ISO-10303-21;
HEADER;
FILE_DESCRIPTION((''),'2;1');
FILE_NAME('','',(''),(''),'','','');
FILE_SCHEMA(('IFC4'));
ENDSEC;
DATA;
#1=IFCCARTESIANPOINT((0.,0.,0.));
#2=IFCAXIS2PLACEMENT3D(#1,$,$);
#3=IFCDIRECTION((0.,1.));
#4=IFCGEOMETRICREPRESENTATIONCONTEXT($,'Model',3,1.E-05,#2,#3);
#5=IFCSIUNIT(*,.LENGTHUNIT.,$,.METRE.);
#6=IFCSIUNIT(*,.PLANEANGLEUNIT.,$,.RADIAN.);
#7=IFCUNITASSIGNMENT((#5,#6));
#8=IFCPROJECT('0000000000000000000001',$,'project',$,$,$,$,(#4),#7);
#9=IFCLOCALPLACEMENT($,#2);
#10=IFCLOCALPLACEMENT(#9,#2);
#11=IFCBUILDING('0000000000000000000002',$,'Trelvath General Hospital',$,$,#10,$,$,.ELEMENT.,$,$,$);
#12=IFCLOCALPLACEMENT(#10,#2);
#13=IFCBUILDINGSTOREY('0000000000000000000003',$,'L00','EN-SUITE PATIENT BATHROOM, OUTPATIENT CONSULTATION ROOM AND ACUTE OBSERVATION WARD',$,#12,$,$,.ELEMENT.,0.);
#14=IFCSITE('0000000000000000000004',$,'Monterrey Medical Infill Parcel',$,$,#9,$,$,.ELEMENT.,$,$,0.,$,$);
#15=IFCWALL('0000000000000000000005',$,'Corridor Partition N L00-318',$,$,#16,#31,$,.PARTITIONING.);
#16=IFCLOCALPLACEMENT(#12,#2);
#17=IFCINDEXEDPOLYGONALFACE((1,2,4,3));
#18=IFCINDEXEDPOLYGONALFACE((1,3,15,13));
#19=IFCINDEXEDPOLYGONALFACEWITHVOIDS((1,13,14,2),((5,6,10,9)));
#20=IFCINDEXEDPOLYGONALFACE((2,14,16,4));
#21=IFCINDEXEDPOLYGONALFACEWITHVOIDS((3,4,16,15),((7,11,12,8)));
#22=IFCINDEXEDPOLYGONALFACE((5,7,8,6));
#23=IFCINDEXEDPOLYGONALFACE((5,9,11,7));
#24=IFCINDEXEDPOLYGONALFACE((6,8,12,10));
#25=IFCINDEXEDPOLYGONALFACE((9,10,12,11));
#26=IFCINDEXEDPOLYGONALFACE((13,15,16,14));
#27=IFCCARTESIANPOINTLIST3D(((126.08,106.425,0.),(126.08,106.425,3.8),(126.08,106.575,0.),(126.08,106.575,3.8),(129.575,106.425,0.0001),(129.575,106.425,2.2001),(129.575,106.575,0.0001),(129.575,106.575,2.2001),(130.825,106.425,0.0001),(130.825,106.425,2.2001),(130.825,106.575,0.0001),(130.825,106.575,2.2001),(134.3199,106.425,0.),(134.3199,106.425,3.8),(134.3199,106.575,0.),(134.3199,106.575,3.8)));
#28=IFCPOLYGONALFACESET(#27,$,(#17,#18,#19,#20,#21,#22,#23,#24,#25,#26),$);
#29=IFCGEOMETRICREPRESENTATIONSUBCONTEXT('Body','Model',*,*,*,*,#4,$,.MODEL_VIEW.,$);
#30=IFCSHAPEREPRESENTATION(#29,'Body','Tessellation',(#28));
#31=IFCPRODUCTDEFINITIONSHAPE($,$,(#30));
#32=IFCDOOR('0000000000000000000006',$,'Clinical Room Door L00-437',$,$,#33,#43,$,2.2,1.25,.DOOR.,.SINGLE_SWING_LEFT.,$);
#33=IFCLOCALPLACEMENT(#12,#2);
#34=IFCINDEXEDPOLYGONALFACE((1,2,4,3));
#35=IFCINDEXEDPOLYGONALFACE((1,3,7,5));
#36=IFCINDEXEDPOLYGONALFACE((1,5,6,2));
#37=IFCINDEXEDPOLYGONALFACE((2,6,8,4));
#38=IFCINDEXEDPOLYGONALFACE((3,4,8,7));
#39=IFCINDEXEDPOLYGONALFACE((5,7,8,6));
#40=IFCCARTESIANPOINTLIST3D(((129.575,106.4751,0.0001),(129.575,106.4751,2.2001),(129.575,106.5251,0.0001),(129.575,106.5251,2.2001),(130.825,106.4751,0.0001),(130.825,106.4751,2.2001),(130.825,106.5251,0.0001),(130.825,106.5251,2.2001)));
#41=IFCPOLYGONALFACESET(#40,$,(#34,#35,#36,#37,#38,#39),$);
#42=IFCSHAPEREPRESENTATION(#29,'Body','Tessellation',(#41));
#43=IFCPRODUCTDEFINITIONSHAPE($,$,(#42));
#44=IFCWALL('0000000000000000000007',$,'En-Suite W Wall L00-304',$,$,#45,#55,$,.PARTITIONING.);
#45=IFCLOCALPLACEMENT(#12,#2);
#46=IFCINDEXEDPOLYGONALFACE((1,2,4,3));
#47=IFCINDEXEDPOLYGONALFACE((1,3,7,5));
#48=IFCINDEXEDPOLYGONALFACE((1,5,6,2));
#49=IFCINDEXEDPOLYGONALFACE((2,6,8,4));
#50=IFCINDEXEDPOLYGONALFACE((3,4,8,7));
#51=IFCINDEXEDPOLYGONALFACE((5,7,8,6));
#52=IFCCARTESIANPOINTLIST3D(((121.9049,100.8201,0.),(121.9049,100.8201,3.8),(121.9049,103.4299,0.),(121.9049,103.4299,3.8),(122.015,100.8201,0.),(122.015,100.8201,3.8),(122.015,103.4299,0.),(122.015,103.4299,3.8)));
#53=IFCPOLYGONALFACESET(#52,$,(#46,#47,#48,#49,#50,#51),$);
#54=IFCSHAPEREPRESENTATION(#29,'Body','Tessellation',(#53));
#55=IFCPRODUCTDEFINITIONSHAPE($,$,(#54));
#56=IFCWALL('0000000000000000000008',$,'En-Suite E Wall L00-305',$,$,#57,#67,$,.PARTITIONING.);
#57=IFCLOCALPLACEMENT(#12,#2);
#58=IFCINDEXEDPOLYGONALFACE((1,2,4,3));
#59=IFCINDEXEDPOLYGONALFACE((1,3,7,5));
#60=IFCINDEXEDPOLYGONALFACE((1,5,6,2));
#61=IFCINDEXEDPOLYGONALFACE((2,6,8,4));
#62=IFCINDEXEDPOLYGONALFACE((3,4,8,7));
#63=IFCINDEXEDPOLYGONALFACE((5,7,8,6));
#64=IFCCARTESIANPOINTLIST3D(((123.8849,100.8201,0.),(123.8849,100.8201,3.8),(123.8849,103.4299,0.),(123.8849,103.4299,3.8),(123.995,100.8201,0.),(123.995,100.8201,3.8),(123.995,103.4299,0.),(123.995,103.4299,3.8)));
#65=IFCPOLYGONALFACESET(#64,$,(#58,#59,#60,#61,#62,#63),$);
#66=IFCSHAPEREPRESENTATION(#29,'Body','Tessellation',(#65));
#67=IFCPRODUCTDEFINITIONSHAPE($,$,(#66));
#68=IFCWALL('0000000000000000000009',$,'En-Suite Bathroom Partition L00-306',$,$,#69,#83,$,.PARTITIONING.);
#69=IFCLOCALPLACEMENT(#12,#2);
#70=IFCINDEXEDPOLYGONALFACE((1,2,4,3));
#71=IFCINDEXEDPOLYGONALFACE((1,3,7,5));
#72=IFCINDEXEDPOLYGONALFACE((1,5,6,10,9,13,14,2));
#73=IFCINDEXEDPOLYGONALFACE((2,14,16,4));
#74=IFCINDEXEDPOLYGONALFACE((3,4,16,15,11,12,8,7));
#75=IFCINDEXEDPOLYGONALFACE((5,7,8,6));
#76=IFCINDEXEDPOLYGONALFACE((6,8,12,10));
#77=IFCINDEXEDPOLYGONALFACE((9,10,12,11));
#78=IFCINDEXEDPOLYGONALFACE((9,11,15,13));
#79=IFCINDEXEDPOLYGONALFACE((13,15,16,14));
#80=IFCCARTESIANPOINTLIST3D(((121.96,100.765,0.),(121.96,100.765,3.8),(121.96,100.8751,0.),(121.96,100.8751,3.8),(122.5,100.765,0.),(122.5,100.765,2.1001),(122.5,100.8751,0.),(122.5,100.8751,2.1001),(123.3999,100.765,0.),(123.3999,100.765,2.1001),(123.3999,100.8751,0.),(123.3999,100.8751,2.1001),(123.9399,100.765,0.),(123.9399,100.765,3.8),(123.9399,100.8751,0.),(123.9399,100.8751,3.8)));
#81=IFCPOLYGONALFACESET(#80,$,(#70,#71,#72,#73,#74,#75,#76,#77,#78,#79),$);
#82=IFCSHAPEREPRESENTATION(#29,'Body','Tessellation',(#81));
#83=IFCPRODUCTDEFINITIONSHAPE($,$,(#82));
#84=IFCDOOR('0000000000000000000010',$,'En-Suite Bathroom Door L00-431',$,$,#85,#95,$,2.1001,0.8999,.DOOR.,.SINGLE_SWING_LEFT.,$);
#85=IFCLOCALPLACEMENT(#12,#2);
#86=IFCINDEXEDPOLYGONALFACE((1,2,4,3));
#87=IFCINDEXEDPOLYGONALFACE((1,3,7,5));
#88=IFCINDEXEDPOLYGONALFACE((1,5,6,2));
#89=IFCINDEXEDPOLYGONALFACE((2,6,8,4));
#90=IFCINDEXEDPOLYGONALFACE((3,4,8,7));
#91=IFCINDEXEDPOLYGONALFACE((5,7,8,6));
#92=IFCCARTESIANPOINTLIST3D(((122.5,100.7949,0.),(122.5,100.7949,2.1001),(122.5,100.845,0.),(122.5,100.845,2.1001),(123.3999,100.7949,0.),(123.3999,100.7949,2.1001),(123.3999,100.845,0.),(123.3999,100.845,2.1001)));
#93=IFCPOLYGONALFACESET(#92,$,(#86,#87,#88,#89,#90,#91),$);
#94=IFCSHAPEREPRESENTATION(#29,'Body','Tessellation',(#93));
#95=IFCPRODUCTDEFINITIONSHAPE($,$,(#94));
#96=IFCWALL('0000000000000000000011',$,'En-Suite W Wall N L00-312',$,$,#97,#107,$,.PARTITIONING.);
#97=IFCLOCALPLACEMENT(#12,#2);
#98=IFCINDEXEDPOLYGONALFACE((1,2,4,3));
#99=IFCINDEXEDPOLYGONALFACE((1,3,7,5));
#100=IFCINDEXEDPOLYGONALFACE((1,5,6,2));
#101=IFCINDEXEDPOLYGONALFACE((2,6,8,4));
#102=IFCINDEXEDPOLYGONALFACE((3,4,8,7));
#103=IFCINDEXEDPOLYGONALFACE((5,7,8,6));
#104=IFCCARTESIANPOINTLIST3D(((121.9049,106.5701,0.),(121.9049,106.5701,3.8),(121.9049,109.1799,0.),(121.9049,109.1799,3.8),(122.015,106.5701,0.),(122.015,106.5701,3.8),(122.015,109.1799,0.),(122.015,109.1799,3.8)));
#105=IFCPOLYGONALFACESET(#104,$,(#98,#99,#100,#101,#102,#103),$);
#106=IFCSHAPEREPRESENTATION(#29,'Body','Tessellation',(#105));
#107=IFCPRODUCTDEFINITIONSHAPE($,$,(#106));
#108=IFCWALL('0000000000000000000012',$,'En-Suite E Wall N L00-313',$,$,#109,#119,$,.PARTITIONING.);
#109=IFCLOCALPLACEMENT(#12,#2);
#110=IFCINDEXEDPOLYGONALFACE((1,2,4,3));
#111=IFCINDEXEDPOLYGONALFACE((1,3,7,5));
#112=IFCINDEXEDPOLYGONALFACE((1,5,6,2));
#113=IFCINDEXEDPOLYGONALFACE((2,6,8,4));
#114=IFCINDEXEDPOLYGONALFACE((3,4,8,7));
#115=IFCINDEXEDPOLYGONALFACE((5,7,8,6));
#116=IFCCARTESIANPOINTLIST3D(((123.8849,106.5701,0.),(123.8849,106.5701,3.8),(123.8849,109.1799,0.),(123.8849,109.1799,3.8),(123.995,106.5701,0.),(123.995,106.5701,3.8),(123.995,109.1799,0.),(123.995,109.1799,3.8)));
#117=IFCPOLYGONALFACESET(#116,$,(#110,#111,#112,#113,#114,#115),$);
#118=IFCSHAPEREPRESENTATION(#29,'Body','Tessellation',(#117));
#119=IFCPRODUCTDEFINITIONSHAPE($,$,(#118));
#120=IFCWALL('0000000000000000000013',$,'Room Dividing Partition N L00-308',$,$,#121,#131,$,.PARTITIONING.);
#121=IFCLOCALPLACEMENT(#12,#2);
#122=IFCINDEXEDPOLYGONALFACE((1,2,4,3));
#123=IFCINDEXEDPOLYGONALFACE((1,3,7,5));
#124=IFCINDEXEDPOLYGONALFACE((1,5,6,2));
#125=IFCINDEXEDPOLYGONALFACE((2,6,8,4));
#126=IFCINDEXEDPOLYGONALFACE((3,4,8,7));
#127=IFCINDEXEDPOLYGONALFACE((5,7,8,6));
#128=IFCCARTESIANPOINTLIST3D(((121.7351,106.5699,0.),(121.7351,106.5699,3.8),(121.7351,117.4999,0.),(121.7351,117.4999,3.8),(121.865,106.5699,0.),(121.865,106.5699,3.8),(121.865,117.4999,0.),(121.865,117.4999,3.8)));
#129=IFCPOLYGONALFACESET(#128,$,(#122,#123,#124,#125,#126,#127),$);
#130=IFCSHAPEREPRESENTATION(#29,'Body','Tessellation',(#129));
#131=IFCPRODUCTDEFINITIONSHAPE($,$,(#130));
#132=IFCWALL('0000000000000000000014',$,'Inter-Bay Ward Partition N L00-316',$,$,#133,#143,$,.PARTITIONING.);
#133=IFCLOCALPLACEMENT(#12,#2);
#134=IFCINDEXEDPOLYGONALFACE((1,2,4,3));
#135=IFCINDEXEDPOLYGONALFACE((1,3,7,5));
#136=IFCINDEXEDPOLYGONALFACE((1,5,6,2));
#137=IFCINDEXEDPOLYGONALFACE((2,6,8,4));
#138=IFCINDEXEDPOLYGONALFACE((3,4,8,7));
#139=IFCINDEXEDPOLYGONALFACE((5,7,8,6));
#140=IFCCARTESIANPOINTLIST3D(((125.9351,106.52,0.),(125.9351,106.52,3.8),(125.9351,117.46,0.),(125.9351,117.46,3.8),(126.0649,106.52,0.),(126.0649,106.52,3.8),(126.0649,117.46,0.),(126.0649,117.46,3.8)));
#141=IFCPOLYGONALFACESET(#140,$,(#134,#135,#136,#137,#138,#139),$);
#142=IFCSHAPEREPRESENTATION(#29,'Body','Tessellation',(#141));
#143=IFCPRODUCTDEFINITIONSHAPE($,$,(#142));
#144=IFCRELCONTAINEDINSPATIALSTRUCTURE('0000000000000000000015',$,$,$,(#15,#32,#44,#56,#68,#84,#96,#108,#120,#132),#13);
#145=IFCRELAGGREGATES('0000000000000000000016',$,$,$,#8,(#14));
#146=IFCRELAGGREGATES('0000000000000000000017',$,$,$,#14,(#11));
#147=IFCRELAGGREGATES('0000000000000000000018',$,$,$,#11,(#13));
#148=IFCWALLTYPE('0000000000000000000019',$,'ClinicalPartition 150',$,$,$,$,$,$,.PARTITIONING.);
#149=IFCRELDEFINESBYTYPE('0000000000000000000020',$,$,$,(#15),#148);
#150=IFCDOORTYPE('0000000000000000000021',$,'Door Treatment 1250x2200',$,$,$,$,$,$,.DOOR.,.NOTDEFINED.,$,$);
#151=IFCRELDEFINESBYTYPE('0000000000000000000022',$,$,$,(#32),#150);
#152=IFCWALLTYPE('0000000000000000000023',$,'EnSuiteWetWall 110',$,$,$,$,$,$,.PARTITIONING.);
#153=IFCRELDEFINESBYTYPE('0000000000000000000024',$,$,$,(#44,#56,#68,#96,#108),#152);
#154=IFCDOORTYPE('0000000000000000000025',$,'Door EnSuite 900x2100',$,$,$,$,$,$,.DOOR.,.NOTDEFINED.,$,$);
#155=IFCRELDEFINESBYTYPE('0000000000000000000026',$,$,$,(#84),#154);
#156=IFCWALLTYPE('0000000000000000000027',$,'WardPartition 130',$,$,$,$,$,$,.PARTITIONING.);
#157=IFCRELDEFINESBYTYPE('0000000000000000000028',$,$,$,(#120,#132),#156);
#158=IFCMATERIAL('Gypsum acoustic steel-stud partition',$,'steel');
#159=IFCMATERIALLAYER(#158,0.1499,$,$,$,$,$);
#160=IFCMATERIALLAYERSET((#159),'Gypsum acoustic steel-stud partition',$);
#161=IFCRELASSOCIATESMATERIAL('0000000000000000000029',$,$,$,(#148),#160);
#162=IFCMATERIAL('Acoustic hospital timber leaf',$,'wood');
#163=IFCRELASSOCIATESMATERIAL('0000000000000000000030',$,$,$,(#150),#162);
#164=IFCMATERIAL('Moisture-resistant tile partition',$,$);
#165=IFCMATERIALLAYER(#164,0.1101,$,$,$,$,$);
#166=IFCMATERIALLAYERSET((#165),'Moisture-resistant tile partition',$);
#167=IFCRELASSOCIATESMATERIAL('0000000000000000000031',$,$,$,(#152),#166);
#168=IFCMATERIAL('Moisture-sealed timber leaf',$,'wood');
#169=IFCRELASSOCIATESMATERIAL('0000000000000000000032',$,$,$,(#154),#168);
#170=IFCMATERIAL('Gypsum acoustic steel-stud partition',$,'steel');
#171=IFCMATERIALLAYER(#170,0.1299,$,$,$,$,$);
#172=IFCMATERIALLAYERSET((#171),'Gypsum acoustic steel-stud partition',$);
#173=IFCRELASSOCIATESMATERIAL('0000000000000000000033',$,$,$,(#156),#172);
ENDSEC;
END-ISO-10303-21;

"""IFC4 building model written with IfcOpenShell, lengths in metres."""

from ifc_helpers import new_model, si_unit, direction, frame, frame_2d, origin, place, context, subcontext, project, spatial, rectangle, extrude, material, layer, layer_set, type_object, element, fill, save


model = new_model("IFC4")

# Units and contexts
model_context = context("Model", 3, precision=1e-05, world=origin(), true_north=direction((0.0, 1.0)))
body_context = subcontext(model_context, "Body", "Model", "MODEL_VIEW")
ifc_project = project(units=[si_unit("LENGTHUNIT", "METRE"), si_unit("PLANEANGLEUNIT", "RADIAN")], contexts=[model_context])

# Site, building, storey
site_placement = place(None, origin())
site = spatial("IfcSite", under=ifc_project, at=site_placement, Name="Monterrey Medical Infill Parcel", CompositionType="ELEMENT", RefElevation=0.0)
building_placement = place(site_placement, origin())
building = spatial("IfcBuilding", under=site, at=building_placement, Name="Trelvath General Hospital", CompositionType="ELEMENT")
storey_placement = place(building_placement, origin())
storey = spatial("IfcBuildingStorey", under=building, at=storey_placement, Name="L00", Description="EN-SUITE PATIENT BATHROOM, OUTPATIENT CONSULTATION ROOM AND ACUTE OBSERVATION WARD", CompositionType="ELEMENT", Elevation=0.0)

# Shared definitions
ifc_material_1 = material(Name="Gypsum acoustic steel-stud partition", Category="steel")
ifc_layer_1 = layer(ifc_material_1, 0.1499)
ifc_layer_set_1 = layer_set([ifc_layer_1], Name="Gypsum acoustic steel-stud partition")
wall_type_1 = type_object("IfcWallType", Name="ClinicalPartition 150", PredefinedType="PARTITIONING", material=ifc_layer_set_1)

# Wall, opening, door
wall_1_placement = place(storey_placement, frame((134.3201, 106.5, 0.0), z_axis=(0.0, 0.0, 1.0), x_axis=(-1.0, 0.0, 0.0)))
wall_1 = element("IfcWall", 1, at=wall_1_placement, inside=storey, type_object=wall_type_1, Name="Corridor Partition N L00-318", PredefinedType="PARTITIONING", context=body_context, shape_type="SweptSolid", body=[
    extrude(rectangle(XDim=8.24, YDim=0.1499, at=frame_2d((4.1201, 0.0))), origin(), (0.0, 0.0, 1.0), 3.8),
])
opening_1_placement = place(wall_1_placement, frame((3.4951, 0.0, 0.0)))
opening_1 = element("IfcOpeningElement", 2, at=opening_1_placement, cuts=wall_1, PredefinedType="OPENING", context=body_context, shape_type="SweptSolid", body=[
    extrude(rectangle(XDim=1.25, YDim=2.2, at=frame_2d((0.625, 1.1001))), frame((0.0, 0.085, 0.0), z_axis=(0.0, -1.0, 0.0), x_axis=(1.0, 0.0, 0.0)), (0.0, 0.0, 1.0), 0.1699),
])
ifc_material_2 = material(Name="Acoustic hospital timber leaf", Category="wood")
door_type_1 = type_object("IfcDoorType", Name="Door Treatment 1250x2200", OperationType="NOTDEFINED", PredefinedType="DOOR", material=ifc_material_2)
door_1_placement = place(opening_1_placement, origin())
door_1 = element("IfcDoor", 3, at=door_1_placement, inside=storey, type_object=door_type_1, Name="Clinical Room Door L00-437", OperationType="SINGLE_SWING_LEFT", OverallHeight=2.2, OverallWidth=1.25, PredefinedType="DOOR", context=body_context, shape_type="SweptSolid", body=[
    extrude(rectangle(XDim=1.25, YDim=2.2, at=frame_2d((0.625, 1.1001))), frame((0.0, 0.0249, 0.0), z_axis=(0.0, -1.0, 0.0), x_axis=(1.0, 0.0, 0.0)), (0.0, 0.0, 1.0), 0.05),
])
fill(opening_1, door_1)

# Walls
ifc_material_3 = material(Name="Moisture-resistant tile partition")
ifc_layer_2 = layer(ifc_material_3, 0.1101)
ifc_layer_set_2 = layer_set([ifc_layer_2], Name="Moisture-resistant tile partition")
wall_type_2 = type_object("IfcWallType", Name="EnSuiteWetWall 110", PredefinedType="PARTITIONING", material=ifc_layer_set_2)
for number, where, z_axis, x_axis, name in (
    (4, (121.96, 100.8201, 0.0), (0.0, 0.0, 1.0), (0.0, 1.0, 0.0), "En-Suite W Wall L00-304"),
    (5, (123.9399, 100.8201, 0.0), (0.0, 0.0, 1.0), (0.0, 1.0, 0.0), "En-Suite E Wall L00-305"),
):
    element("IfcWall", number, at=place(storey_placement, frame(where, z_axis=z_axis, x_axis=x_axis)), inside=storey, type_object=wall_type_2, Name=name, PredefinedType="PARTITIONING", context=body_context, shape_type="SweptSolid", body=[
        extrude(rectangle(XDim=2.6099, YDim=0.1101, at=frame_2d((1.3049, 0.0))), origin(), (0.0, 0.0, 1.0), 3.8),
    ])

# Wall, opening, door
wall_2_placement = place(storey_placement, frame((121.96, 100.8201, 0.0), z_axis=(0.0, 0.0, 1.0), x_axis=(1.0, 0.0, 0.0)))
wall_2 = element("IfcWall", 6, at=wall_2_placement, inside=storey, type_object=wall_type_2, Name="En-Suite Bathroom Partition L00-306", PredefinedType="PARTITIONING", context=body_context, shape_type="SweptSolid", body=[
    extrude(rectangle(XDim=1.98, YDim=0.1101, at=frame_2d((0.99, 0.0))), origin(), (0.0, 0.0, 1.0), 3.8),
])
opening_2_placement = place(wall_2_placement, frame((0.54, 0.0, 0.0)))
opening_2 = element("IfcOpeningElement", 7, at=opening_2_placement, cuts=wall_2, PredefinedType="OPENING", context=body_context, shape_type="SweptSolid", body=[
    extrude(rectangle(XDim=0.8999, YDim=2.1001, at=frame_2d((0.45, 1.05))), frame((0.0, 0.0649, 0.0), z_axis=(0.0, -1.0, 0.0), x_axis=(1.0, 0.0, 0.0)), (0.0, 0.0, 1.0), 0.1301),
])
ifc_material_4 = material(Name="Moisture-sealed timber leaf", Category="wood")
door_type_2 = type_object("IfcDoorType", Name="Door EnSuite 900x2100", OperationType="NOTDEFINED", PredefinedType="DOOR", material=ifc_material_4)
door_2_placement = place(opening_2_placement, origin())
door_2 = element("IfcDoor", 8, at=door_2_placement, inside=storey, type_object=door_type_2, Name="En-Suite Bathroom Door L00-431", OperationType="SINGLE_SWING_LEFT", OverallHeight=2.1001, OverallWidth=0.8999, PredefinedType="DOOR", context=body_context, shape_type="SweptSolid", body=[
    extrude(rectangle(XDim=0.8999, YDim=2.1001, at=frame_2d((0.45, 1.05))), frame((0.0, 0.0249, 0.0), z_axis=(0.0, -1.0, 0.0), x_axis=(1.0, 0.0, 0.0)), (0.0, 0.0, 1.0), 0.05),
])
fill(opening_2, door_2)

# Walls
for number, where, z_axis, x_axis, name in (
    (9, (121.96, 106.5701, 0.0), (0.0, 0.0, 1.0), (0.0, 1.0, 0.0), "En-Suite W Wall N L00-312"),
    (10, (123.9399, 106.5701, 0.0), (0.0, 0.0, 1.0), (0.0, 1.0, 0.0), "En-Suite E Wall N L00-313"),
):
    element("IfcWall", number, at=place(storey_placement, frame(where, z_axis=z_axis, x_axis=x_axis)), inside=storey, type_object=wall_type_2, Name=name, PredefinedType="PARTITIONING", context=body_context, shape_type="SweptSolid", body=[
        extrude(rectangle(XDim=2.6099, YDim=0.1101, at=frame_2d((1.3049, 0.0))), origin(), (0.0, 0.0, 1.0), 3.8),
    ])
ifc_material_5 = material(Name="Gypsum acoustic steel-stud partition", Category="steel")
ifc_layer_3 = layer(ifc_material_5, 0.1299)
ifc_layer_set_3 = layer_set([ifc_layer_3], Name="Gypsum acoustic steel-stud partition")
wall_type_3 = type_object("IfcWallType", Name="WardPartition 130", PredefinedType="PARTITIONING", material=ifc_layer_set_3)
wall_3_placement = place(storey_placement, frame((121.8, 106.5701, 0.0), z_axis=(0.0, 0.0, 1.0), x_axis=(0.0, 1.0, 0.0)))
element("IfcWall", 11, at=wall_3_placement, inside=storey, type_object=wall_type_3, Name="Room Dividing Partition N L00-308", PredefinedType="PARTITIONING", context=body_context, shape_type="SweptSolid", body=[
    extrude(rectangle(XDim=10.9299, YDim=0.1299, at=frame_2d((5.4648, 0.0))), origin(), (0.0, 0.0, 1.0), 3.8),
])
wall_4_placement = place(storey_placement, frame((126.0, 106.52, 0.0), z_axis=(0.0, 0.0, 1.0), x_axis=(0.0, 1.0, 0.0)))
element("IfcWall", 12, at=wall_4_placement, inside=storey, type_object=wall_type_3, Name="Inter-Bay Ward Partition N L00-316", PredefinedType="PARTITIONING", context=body_context, shape_type="SweptSolid", body=[
    extrude(rectangle(XDim=10.9399, YDim=0.1299, at=frame_2d((5.47, 0.0))), origin(), (0.0, 0.0, 1.0), 3.8),
])

save(model, "model.ifc")
